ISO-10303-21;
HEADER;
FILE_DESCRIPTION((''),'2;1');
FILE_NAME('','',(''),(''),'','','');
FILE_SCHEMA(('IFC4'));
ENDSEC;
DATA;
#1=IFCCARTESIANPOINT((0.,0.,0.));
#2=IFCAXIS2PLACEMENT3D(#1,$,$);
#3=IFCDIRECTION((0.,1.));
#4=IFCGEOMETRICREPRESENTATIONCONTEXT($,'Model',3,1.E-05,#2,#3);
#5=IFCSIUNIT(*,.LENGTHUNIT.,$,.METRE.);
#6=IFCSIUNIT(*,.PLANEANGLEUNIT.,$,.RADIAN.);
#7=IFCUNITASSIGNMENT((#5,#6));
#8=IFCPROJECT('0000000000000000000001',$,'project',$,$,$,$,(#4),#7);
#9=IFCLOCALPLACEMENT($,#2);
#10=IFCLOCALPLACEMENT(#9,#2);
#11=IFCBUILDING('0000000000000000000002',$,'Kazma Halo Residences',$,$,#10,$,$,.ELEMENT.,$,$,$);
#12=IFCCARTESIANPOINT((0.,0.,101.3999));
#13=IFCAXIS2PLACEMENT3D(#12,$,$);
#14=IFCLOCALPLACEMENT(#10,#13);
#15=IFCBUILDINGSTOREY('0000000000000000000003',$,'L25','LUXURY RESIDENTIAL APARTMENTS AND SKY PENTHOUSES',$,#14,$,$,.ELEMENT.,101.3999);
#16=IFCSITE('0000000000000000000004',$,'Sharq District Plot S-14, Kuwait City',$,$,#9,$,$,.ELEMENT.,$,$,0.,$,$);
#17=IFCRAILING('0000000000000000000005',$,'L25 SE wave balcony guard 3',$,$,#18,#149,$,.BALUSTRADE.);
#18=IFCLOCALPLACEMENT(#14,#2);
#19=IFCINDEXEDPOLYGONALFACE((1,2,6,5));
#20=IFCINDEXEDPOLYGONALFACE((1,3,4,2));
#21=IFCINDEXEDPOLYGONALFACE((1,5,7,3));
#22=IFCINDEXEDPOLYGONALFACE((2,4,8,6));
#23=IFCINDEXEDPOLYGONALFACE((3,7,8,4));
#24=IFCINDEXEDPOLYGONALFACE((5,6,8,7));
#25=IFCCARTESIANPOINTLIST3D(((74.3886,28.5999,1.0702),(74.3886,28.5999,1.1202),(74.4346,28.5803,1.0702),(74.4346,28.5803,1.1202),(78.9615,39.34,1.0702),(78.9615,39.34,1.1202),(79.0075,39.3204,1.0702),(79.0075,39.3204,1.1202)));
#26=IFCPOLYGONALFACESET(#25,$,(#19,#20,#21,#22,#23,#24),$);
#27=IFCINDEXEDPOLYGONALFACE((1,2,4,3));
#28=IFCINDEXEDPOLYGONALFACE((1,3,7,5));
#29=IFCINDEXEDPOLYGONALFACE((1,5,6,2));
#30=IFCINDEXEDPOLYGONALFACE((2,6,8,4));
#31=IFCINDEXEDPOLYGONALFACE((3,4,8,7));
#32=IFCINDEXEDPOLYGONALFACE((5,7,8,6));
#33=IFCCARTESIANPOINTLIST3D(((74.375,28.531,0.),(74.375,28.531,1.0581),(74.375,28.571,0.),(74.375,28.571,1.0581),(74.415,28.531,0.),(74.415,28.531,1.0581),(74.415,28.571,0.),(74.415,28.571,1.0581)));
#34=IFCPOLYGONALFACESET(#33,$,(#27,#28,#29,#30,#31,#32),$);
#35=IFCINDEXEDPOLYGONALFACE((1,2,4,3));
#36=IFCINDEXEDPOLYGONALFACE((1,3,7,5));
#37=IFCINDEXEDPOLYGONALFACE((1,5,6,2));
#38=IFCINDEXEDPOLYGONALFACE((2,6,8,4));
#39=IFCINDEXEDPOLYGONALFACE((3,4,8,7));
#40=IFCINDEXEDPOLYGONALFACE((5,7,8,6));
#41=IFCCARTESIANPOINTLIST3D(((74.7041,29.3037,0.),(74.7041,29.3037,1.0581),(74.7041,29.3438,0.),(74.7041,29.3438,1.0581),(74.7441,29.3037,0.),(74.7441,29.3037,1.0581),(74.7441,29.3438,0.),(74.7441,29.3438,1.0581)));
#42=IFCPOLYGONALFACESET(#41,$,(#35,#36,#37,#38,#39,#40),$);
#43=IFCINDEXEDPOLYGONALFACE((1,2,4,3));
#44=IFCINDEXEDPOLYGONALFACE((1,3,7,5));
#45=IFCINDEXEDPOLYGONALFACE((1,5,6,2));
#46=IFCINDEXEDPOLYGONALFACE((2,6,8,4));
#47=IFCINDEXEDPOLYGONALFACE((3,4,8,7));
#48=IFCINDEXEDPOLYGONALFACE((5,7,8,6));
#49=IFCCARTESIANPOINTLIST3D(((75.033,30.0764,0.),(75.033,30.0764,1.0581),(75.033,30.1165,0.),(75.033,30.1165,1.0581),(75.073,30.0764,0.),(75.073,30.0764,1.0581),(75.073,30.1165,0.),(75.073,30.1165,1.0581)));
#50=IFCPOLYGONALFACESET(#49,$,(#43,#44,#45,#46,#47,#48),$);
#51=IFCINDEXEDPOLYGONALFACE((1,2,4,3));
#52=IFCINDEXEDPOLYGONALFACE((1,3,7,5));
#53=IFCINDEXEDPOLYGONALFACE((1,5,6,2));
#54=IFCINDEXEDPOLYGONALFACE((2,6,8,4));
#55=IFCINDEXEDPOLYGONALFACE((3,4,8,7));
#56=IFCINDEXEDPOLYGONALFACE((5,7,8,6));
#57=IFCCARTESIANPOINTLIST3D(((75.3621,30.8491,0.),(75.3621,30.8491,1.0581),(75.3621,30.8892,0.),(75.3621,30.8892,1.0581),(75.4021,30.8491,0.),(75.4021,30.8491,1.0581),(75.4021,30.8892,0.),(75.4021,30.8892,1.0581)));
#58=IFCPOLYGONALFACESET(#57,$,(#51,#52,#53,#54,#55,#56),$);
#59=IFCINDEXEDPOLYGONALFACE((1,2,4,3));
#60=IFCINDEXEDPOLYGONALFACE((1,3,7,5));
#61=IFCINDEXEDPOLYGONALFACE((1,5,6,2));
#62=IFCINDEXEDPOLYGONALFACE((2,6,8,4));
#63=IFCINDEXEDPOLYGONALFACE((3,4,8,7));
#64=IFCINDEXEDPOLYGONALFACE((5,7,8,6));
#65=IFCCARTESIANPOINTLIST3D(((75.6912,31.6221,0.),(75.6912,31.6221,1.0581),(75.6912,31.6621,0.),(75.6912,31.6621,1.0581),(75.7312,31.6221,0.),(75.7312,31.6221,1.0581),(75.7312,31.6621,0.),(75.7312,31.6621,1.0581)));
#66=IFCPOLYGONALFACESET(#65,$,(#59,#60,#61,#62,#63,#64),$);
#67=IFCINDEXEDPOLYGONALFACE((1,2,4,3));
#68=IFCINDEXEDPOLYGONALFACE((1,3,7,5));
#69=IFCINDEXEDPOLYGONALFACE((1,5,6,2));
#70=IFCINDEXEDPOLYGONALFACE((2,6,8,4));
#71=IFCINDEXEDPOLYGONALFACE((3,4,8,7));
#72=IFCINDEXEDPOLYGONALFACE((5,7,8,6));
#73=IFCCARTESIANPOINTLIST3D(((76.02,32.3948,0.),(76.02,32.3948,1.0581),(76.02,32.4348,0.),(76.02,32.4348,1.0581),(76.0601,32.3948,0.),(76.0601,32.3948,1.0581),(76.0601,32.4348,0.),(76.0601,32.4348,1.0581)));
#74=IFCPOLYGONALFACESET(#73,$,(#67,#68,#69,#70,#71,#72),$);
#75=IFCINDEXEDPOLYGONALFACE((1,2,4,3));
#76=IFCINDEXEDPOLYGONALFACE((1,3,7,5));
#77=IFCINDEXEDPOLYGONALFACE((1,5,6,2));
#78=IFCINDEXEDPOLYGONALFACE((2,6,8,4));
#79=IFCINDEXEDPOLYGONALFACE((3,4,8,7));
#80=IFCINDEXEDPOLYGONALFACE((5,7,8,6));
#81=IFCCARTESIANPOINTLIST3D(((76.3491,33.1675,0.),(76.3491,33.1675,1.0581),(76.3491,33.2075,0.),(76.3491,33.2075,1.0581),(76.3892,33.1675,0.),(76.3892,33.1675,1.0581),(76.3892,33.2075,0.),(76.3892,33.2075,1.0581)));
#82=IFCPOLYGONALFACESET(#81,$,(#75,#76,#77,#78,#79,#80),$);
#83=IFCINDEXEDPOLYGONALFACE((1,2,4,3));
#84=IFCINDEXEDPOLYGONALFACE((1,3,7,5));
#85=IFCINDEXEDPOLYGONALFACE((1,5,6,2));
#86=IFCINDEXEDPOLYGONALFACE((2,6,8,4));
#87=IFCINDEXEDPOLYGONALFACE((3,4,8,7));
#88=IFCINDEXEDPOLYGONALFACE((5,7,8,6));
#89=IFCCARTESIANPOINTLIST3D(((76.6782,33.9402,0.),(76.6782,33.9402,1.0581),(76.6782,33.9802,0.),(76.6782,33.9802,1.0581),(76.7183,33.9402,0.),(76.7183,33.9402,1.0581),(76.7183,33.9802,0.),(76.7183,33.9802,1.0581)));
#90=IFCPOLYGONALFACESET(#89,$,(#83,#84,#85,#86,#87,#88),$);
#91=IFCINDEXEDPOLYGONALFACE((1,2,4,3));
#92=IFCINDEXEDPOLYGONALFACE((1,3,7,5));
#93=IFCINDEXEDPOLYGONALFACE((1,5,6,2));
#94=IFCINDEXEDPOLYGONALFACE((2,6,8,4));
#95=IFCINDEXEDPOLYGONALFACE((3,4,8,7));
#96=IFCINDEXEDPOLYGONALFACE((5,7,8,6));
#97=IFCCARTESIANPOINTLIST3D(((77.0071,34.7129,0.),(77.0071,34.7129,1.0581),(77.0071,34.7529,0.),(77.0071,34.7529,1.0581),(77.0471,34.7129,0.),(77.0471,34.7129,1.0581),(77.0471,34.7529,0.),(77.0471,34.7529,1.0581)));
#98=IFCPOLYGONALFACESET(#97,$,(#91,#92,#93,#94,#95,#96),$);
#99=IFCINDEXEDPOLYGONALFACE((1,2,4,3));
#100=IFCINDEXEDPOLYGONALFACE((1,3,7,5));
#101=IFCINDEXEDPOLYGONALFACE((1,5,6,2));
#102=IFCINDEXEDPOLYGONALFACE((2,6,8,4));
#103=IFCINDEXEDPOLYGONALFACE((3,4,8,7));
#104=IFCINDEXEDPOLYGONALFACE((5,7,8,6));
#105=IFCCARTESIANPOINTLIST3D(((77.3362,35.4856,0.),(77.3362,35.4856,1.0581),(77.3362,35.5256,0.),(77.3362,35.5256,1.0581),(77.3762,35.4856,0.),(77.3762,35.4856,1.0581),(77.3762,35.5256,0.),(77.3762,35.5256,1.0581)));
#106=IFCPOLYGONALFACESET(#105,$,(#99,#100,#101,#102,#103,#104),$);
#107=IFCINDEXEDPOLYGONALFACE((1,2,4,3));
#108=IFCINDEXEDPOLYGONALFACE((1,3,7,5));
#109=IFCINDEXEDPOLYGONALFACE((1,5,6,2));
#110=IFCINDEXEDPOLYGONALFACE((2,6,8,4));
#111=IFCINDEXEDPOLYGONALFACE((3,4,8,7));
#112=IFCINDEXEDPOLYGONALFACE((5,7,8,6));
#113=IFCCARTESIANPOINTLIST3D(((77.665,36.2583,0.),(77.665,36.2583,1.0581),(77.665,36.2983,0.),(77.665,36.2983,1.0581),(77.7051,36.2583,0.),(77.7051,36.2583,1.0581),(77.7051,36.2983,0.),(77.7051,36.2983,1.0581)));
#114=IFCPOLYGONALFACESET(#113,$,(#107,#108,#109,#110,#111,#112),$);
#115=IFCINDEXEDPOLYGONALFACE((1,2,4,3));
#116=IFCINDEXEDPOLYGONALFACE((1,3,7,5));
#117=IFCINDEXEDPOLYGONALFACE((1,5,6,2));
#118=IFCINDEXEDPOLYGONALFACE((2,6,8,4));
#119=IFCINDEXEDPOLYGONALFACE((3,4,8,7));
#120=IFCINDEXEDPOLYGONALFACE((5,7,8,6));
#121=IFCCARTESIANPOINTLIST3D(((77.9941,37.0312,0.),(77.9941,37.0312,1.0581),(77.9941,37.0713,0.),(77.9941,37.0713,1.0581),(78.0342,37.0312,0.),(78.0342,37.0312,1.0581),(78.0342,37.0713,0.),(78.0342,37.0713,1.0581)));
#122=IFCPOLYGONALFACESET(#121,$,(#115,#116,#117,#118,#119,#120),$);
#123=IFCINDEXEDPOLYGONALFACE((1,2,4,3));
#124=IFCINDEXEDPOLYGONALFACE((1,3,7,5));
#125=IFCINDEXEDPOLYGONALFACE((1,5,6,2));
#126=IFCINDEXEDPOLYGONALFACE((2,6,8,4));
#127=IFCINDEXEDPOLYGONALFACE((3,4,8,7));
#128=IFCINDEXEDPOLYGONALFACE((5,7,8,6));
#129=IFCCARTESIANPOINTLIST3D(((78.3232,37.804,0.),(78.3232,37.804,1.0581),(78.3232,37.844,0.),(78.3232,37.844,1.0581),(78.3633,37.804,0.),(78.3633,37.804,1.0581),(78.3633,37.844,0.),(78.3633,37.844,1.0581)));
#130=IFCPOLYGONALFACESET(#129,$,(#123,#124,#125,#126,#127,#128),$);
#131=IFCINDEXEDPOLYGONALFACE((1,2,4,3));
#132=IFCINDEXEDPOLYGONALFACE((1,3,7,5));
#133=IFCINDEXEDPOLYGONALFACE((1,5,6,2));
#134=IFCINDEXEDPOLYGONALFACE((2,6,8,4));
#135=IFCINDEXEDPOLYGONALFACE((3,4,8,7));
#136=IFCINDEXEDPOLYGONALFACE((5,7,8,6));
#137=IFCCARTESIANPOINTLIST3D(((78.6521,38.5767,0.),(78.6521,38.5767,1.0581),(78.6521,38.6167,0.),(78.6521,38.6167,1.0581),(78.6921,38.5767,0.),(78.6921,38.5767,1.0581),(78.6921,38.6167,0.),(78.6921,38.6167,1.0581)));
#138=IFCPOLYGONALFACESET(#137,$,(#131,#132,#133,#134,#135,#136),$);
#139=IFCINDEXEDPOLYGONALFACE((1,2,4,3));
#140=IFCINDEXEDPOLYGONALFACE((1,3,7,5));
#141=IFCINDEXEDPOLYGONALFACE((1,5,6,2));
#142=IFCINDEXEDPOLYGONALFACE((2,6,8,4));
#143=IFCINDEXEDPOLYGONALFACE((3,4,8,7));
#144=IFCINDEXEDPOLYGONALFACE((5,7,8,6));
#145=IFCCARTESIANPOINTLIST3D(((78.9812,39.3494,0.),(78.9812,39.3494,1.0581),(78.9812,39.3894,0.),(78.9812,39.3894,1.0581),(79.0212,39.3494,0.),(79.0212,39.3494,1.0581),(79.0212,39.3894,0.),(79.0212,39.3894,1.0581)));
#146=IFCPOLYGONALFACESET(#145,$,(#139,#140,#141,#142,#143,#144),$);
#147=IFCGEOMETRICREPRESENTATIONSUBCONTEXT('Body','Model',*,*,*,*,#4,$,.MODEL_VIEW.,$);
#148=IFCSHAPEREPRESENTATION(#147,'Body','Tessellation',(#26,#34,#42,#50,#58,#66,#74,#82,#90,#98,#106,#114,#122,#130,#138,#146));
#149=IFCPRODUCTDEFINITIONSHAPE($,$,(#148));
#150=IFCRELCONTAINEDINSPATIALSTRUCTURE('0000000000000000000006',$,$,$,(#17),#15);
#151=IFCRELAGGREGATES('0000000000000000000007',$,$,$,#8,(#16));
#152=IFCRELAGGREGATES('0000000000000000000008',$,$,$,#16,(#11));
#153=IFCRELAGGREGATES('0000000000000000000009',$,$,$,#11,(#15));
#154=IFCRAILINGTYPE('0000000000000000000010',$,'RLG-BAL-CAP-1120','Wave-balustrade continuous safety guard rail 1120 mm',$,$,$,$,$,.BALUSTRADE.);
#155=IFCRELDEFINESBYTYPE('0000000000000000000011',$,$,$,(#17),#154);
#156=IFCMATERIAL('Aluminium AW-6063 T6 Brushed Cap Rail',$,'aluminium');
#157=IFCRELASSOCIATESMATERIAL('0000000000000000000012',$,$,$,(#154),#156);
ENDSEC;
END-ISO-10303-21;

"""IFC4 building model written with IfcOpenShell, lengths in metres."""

from ifc_helpers import new_model, si_unit, direction, frame, origin, origin_2d, place, context, subcontext, project, spatial, rectangle, extrude, material, type_object, element, save


model = new_model("IFC4")

# Units and contexts
model_context = context("Model", 3, precision=1e-05, world=origin(), true_north=direction((0.0, 1.0)))
body_context = subcontext(model_context, "Body", "Model", "MODEL_VIEW")
ifc_project = project(units=[si_unit("LENGTHUNIT", "METRE"), si_unit("PLANEANGLEUNIT", "RADIAN")], contexts=[model_context])

# Site, building, storey
site_placement = place(None, origin())
site = spatial("IfcSite", under=ifc_project, at=site_placement, Name="Sharq District Plot S-14, Kuwait City", CompositionType="ELEMENT", RefElevation=0.0)
building_placement = place(site_placement, origin())
building = spatial("IfcBuilding", under=site, at=building_placement, Name="Kazma Halo Residences", CompositionType="ELEMENT")
storey_placement = place(building_placement, frame((0.0, 0.0, 101.3999)))
storey = spatial("IfcBuildingStorey", under=building, at=storey_placement, Name="L25", Description="LUXURY RESIDENTIAL APARTMENTS AND SKY PENTHOUSES", CompositionType="ELEMENT", Elevation=101.3999)

# Railing
ifc_material_1 = material(Name="Aluminium AW-6063 T6 Brushed Cap Rail", Category="aluminium")
railing_type = type_object("IfcRailingType", Name="RLG-BAL-CAP-1120", Description="Wave-balustrade continuous safety guard rail 1120 mm", PredefinedType="BALUSTRADE", material=ifc_material_1)
railing_1_placement = place(storey_placement, frame((74.395, 28.551, 0.0)))
element("IfcRailing", 1, at=railing_1_placement, inside=storey, type_object=railing_type, Name="L25 SE wave balcony guard 3", PredefinedType="BALUSTRADE", context=body_context, shape_type="SweptSolid", body=[
    extrude(rectangle(XDim=0.05, YDim=0.05, at=origin_2d()), frame((0.0166, 0.0391, 1.0952), z_axis=(0.391746, 0.920074, 0.0), x_axis=(-0.920074, 0.391746, 0.0)), (0.0, 0.0, 1.0), 11.6731),
    extrude(rectangle(XDim=0.04, YDim=0.04, at=origin_2d()), origin(), (0.0, 0.0, 1.0), 1.0581),
    extrude(rectangle(XDim=0.04, YDim=0.04, at=origin_2d()), frame((0.3291, 0.7727, 0.0)), (0.0, 0.0, 1.0), 1.0581),
    extrude(rectangle(XDim=0.04, YDim=0.04, at=origin_2d()), frame((0.658, 1.5454, 0.0)), (0.0, 0.0, 1.0), 1.0581),
    extrude(rectangle(XDim=0.04, YDim=0.04, at=origin_2d()), frame((0.9871, 2.3181, 0.0)), (0.0, 0.0, 1.0), 1.0581),
    extrude(rectangle(XDim=0.04, YDim=0.04, at=origin_2d()), frame((1.3162, 3.0911, 0.0)), (0.0, 0.0, 1.0), 1.0581),
    extrude(rectangle(XDim=0.04, YDim=0.04, at=origin_2d()), frame((1.645, 3.8638, 0.0)), (0.0, 0.0, 1.0), 1.0581),
    extrude(rectangle(XDim=0.04, YDim=0.04, at=origin_2d()), frame((1.9741, 4.6365, 0.0)), (0.0, 0.0, 1.0), 1.0581),
    extrude(rectangle(XDim=0.04, YDim=0.04, at=origin_2d()), frame((2.3032, 5.4092, 0.0)), (0.0, 0.0, 1.0), 1.0581),
    extrude(rectangle(XDim=0.04, YDim=0.04, at=origin_2d()), frame((2.6321, 6.1819, 0.0)), (0.0, 0.0, 1.0), 1.0581),
    extrude(rectangle(XDim=0.04, YDim=0.04, at=origin_2d()), frame((2.9612, 6.9546, 0.0)), (0.0, 0.0, 1.0), 1.0581),
    extrude(rectangle(XDim=0.04, YDim=0.04, at=origin_2d()), frame((3.29, 7.7273, 0.0)), (0.0, 0.0, 1.0), 1.0581),
    extrude(rectangle(XDim=0.04, YDim=0.04, at=origin_2d()), frame((3.6191, 8.5002, 0.0)), (0.0, 0.0, 1.0), 1.0581),
    extrude(rectangle(XDim=0.04, YDim=0.04, at=origin_2d()), frame((3.9482, 9.2729, 0.0)), (0.0, 0.0, 1.0), 1.0581),
    extrude(rectangle(XDim=0.04, YDim=0.04, at=origin_2d()), frame((4.2771, 10.0457, 0.0)), (0.0, 0.0, 1.0), 1.0581),
    extrude(rectangle(XDim=0.04, YDim=0.04, at=origin_2d()), frame((4.6062, 10.8184, 0.0)), (0.0, 0.0, 1.0), 1.0581),
])

save(model, "model.ifc")
